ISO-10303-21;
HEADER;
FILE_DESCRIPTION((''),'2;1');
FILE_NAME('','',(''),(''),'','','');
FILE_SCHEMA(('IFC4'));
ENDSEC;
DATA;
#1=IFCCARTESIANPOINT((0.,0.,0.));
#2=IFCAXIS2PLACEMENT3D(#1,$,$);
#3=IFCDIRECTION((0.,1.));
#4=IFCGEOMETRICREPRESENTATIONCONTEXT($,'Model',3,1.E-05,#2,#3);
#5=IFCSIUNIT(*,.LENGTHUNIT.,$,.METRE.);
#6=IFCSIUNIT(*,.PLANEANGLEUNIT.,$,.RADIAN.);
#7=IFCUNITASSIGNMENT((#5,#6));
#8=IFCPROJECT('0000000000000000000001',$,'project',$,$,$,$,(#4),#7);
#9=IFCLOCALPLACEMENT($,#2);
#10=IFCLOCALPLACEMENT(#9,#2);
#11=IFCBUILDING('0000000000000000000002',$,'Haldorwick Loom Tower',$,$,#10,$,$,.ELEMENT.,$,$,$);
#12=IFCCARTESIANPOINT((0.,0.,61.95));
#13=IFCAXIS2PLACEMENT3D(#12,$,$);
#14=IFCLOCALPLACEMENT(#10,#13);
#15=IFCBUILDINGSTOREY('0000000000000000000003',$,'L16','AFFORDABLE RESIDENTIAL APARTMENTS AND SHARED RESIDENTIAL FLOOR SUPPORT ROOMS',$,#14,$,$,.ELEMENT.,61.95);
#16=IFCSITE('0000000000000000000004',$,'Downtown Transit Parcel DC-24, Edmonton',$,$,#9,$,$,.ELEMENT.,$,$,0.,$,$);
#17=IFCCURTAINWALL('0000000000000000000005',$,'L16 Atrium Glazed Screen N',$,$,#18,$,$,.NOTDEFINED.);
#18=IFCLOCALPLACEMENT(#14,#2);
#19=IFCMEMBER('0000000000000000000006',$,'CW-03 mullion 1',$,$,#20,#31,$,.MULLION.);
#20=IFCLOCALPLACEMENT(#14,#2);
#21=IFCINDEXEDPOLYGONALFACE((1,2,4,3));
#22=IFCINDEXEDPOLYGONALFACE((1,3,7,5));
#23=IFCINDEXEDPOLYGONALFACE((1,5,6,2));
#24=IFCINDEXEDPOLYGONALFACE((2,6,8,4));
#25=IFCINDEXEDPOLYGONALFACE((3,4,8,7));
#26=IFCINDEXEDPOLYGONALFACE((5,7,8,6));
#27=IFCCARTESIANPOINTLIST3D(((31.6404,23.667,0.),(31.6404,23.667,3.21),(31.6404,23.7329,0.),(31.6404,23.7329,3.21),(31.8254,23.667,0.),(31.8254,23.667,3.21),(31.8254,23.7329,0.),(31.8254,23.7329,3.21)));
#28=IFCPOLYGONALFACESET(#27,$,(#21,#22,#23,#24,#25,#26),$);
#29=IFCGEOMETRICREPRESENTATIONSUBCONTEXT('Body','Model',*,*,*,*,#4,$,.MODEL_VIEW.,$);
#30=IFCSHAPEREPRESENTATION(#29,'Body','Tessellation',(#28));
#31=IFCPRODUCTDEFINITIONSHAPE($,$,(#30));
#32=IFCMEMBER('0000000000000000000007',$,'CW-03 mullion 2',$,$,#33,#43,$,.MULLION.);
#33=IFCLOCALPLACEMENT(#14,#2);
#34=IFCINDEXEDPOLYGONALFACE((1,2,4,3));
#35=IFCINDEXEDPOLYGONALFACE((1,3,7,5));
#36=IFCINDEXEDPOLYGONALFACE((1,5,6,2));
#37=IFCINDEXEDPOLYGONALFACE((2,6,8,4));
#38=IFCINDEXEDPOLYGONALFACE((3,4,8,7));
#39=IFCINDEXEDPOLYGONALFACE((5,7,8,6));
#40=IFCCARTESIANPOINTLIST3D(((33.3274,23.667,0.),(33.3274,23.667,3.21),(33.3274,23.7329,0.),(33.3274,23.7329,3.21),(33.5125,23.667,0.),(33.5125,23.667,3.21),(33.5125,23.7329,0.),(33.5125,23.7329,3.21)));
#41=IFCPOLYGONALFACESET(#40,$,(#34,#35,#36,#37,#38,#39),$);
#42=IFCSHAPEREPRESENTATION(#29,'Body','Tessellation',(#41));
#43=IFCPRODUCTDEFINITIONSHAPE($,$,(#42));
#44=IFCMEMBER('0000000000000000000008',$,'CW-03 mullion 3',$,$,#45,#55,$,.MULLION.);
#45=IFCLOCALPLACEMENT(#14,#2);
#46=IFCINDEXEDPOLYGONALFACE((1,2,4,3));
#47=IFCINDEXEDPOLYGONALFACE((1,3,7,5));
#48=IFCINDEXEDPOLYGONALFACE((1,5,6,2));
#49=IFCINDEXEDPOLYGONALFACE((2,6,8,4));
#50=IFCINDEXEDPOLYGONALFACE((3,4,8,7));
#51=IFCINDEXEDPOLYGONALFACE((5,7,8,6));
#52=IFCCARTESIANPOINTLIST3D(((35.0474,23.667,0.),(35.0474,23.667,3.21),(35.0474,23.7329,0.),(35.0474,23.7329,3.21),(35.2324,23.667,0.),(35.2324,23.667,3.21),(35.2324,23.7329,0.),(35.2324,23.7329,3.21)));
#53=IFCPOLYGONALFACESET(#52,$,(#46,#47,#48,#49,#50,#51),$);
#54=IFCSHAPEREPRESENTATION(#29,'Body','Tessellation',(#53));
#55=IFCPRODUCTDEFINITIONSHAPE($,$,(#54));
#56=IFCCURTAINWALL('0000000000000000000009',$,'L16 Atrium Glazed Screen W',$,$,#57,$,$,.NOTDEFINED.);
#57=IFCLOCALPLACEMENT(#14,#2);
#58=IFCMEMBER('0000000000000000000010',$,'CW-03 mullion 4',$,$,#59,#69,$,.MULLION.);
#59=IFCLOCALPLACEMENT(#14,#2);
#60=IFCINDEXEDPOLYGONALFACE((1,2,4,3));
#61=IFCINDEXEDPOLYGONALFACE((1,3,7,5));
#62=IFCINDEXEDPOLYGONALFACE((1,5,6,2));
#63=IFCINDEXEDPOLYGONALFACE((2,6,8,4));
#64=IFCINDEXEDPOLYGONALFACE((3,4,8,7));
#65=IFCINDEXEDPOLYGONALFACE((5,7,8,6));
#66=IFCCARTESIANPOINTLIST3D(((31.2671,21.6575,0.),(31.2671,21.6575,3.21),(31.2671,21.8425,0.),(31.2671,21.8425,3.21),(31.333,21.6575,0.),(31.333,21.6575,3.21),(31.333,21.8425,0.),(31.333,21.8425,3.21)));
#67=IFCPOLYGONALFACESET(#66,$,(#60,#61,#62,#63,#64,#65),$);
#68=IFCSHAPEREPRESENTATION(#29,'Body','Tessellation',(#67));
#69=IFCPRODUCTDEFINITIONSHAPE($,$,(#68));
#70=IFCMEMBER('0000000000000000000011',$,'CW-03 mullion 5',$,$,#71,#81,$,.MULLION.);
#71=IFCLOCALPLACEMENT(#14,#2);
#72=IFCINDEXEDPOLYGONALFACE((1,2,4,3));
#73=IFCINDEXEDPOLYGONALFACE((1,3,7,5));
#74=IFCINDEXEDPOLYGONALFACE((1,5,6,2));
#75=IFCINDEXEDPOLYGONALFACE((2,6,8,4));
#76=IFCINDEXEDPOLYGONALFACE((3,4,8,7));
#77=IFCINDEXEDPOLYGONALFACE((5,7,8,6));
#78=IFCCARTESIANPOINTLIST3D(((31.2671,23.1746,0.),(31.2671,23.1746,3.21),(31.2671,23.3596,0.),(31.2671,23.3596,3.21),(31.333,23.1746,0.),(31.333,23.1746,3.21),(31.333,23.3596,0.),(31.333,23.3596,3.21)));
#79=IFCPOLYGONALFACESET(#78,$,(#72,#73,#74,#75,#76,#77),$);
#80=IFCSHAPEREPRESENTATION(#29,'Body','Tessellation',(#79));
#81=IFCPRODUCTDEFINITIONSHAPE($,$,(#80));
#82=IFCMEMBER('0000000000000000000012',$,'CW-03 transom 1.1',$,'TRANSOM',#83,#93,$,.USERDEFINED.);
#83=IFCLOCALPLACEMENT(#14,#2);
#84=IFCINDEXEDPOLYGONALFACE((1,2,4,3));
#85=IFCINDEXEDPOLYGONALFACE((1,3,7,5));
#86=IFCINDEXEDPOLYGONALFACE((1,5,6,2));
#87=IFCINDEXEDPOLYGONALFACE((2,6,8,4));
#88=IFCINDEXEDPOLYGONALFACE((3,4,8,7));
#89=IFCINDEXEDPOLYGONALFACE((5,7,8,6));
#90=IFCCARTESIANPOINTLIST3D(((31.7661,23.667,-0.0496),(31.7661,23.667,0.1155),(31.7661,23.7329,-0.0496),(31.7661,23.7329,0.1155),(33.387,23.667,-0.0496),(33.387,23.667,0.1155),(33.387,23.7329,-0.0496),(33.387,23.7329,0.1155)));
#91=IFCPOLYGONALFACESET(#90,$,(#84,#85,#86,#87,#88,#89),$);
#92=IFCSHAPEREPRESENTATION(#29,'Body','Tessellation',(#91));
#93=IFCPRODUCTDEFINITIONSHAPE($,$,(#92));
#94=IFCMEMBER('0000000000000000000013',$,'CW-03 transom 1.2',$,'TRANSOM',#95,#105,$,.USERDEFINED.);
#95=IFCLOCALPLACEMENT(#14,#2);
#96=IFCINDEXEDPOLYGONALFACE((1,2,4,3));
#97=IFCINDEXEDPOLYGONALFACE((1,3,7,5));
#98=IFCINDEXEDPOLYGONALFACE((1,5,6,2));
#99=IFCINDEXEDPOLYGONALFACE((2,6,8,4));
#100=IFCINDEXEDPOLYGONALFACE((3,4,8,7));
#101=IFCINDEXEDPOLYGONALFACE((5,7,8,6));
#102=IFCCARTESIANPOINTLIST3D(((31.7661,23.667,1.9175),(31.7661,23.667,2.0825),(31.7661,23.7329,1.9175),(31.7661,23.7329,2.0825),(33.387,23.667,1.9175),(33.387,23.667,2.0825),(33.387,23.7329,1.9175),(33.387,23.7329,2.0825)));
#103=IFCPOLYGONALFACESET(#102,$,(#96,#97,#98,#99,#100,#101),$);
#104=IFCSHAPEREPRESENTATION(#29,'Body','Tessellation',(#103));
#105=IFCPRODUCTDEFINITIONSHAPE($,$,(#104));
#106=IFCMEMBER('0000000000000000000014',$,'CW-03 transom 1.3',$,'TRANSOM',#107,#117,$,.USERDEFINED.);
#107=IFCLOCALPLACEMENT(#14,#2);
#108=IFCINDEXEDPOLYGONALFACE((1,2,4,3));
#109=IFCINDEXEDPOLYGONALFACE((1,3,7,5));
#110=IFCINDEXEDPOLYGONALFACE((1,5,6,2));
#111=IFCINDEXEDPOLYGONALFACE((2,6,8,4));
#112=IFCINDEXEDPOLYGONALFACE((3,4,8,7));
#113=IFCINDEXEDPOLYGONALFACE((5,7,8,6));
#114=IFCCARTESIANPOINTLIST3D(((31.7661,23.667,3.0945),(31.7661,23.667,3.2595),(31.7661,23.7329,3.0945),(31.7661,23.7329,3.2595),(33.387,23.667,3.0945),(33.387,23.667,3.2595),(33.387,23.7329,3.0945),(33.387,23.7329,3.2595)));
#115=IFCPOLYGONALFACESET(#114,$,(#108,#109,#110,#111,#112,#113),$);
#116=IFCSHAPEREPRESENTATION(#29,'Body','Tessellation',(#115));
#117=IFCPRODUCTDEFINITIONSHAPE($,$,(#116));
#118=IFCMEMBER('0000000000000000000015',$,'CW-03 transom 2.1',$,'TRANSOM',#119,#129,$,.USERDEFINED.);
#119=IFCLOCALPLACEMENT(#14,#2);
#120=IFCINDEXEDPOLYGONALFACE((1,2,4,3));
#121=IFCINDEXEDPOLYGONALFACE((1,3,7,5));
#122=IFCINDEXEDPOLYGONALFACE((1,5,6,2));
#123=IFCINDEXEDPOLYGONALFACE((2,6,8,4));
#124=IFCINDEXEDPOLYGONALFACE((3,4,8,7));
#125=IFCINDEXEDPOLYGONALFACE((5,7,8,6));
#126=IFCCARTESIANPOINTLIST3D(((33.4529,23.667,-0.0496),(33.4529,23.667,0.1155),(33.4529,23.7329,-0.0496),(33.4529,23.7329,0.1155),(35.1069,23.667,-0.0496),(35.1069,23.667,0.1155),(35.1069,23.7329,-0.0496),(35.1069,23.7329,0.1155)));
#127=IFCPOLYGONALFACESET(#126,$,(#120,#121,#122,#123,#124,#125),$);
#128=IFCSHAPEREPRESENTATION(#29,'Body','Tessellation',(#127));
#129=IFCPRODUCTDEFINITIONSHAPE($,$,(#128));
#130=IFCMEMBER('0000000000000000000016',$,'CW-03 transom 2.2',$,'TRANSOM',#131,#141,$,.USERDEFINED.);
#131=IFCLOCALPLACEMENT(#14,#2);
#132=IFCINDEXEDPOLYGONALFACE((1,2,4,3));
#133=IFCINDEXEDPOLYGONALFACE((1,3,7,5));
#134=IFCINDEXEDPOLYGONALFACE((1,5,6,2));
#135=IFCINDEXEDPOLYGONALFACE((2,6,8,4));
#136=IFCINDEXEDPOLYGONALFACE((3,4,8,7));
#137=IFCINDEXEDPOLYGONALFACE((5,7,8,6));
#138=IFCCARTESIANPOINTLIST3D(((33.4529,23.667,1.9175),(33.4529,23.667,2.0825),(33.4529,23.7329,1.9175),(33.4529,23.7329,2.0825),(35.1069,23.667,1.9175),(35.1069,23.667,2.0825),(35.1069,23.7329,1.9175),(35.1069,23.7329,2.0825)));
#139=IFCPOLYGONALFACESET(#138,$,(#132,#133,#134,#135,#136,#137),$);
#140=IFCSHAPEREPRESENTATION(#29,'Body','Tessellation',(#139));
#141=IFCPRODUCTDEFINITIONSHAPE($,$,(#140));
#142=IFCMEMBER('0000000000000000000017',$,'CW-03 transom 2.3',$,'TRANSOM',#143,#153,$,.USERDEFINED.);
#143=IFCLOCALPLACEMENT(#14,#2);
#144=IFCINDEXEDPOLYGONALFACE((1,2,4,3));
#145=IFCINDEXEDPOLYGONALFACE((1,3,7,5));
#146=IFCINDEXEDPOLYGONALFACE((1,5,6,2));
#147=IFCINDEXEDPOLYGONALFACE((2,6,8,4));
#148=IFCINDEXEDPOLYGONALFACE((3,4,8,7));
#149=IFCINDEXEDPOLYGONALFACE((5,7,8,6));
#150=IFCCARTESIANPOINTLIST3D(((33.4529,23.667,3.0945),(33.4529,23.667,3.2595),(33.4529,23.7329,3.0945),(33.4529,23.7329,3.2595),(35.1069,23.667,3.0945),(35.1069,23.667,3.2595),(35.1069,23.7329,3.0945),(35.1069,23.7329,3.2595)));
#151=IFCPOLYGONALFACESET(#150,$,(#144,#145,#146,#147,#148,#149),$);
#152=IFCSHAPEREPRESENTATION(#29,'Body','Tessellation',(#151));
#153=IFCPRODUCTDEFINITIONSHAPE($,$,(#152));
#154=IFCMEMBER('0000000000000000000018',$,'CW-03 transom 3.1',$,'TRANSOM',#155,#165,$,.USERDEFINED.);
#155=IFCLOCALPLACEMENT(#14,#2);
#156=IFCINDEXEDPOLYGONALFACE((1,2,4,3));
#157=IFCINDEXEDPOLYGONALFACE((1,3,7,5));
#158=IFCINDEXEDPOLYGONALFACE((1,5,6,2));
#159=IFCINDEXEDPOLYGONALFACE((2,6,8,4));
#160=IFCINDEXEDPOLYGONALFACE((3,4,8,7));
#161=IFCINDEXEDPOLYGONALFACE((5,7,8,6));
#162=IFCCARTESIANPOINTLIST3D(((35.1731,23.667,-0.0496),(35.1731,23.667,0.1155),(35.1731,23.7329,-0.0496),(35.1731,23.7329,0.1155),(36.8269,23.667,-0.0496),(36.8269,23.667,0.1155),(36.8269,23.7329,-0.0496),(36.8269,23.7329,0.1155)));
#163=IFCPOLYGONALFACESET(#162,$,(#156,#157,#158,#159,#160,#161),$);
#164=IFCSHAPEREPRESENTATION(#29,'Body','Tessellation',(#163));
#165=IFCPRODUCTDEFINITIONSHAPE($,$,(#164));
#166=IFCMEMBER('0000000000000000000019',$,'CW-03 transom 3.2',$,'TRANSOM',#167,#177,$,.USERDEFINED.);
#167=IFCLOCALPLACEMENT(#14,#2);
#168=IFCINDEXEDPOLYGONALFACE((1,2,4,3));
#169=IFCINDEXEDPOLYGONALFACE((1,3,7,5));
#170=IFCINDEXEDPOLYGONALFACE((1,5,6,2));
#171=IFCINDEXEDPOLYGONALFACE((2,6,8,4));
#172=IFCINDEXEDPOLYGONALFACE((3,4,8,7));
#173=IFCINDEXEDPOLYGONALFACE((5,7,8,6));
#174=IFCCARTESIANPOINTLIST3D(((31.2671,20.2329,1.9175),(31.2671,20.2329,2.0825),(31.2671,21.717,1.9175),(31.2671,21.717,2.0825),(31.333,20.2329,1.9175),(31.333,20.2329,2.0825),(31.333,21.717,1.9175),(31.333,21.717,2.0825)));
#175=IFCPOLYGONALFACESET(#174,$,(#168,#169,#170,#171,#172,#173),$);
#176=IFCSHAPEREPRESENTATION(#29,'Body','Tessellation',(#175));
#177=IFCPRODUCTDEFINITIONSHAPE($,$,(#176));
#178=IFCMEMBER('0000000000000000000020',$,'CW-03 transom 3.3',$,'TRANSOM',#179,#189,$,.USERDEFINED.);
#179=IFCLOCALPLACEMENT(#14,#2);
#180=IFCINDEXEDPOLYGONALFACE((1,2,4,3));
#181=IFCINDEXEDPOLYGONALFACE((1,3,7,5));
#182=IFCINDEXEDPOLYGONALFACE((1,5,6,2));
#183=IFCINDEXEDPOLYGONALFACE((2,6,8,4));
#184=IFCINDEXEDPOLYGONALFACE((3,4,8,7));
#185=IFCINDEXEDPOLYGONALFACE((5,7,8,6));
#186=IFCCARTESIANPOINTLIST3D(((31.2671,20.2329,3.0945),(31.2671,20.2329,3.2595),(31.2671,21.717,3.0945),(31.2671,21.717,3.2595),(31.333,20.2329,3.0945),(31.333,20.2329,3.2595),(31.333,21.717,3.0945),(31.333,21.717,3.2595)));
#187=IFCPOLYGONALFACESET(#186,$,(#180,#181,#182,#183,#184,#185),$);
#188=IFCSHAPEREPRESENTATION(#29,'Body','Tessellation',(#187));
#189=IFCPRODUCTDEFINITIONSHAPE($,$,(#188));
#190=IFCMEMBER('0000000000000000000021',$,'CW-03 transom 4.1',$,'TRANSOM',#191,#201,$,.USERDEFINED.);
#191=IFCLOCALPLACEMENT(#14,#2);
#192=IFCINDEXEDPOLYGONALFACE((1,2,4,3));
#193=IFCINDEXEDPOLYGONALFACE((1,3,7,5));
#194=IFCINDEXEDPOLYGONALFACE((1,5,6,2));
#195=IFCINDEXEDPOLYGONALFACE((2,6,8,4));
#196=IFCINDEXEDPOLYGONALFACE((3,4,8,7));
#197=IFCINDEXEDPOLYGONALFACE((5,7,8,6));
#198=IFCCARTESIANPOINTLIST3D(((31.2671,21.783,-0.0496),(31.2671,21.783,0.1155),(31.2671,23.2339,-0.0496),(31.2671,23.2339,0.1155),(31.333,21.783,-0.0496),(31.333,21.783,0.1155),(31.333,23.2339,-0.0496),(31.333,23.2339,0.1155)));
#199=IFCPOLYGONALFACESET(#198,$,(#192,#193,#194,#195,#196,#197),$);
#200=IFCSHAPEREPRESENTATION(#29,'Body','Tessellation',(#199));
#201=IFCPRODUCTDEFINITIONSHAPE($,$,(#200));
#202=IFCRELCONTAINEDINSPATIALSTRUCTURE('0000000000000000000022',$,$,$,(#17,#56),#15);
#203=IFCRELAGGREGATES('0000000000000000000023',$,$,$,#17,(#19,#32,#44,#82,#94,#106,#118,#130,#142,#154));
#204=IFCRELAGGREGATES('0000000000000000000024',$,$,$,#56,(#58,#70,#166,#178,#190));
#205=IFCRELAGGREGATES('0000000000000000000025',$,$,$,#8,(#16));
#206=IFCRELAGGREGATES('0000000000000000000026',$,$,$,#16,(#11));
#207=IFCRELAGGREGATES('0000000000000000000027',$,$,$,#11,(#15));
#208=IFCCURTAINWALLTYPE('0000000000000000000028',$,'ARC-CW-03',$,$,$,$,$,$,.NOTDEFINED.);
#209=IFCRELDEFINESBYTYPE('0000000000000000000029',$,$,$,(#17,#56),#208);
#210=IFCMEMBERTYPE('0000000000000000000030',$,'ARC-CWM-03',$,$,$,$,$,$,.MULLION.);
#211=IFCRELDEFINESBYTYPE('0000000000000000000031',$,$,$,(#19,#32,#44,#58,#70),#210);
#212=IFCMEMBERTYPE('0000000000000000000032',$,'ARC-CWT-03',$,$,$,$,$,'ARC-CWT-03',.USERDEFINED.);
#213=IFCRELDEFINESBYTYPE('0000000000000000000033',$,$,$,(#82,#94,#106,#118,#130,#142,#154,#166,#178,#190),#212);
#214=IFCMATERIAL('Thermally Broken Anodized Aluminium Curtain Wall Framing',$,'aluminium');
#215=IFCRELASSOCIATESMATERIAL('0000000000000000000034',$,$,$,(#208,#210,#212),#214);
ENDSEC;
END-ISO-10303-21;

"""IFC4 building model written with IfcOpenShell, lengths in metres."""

from ifc_helpers import new_model, si_unit, direction, frame, origin, origin_2d, place, context, subcontext, project, spatial, rectangle, extrude, material, material_profile, profile_set, type_object, element, aggregate, save


model = new_model("IFC4")

# Units and contexts
model_context = context("Model", 3, precision=1e-05, world=origin(), true_north=direction((0.0, 1.0)))
body_context = subcontext(model_context, "Body", "Model", "MODEL_VIEW")
ifc_project = project(units=[si_unit("LENGTHUNIT", "METRE"), si_unit("PLANEANGLEUNIT", "RADIAN")], contexts=[model_context])

# Site, building, storey
site_placement = place(None, origin())
site = spatial("IfcSite", under=ifc_project, at=site_placement, Name="Downtown Transit Parcel DC-24, Edmonton", CompositionType="ELEMENT", RefElevation=0.0)
building_placement = place(site_placement, origin())
building = spatial("IfcBuilding", under=site, at=building_placement, Name="Haldorwick Loom Tower", CompositionType="ELEMENT")
storey_placement = place(building_placement, frame((0.0, 0.0, 61.95)))
storey = spatial("IfcBuildingStorey", under=building, at=storey_placement, Name="L16", Description="AFFORDABLE RESIDENTIAL APARTMENTS AND SHARED RESIDENTIAL FLOOR SUPPORT ROOMS", CompositionType="ELEMENT", Elevation=61.95)

# Curtain walls, members
ifc_material_1 = material(Name="Thermally Broken Anodized Aluminium Curtain Wall Framing", Category="aluminium")
curtain_wall_type = type_object("IfcCurtainWallType", Name="ARC-CW-03", PredefinedType="NOTDEFINED", material=ifc_material_1)
curtain_wall_1_placement = place(storey_placement, origin())
curtain_wall_1 = element("IfcCurtainWall", 1, at=curtain_wall_1_placement, inside=storey, type_object=curtain_wall_type, Name="L16 Atrium Glazed Screen N", PredefinedType="NOTDEFINED")
ifc_material_profile_1 = material_profile(ifc_material_1, rectangle(XDim=0.0659, YDim=0.1851, at=origin_2d()), Name="ALU_MUL_66X185", Category="aluminium")
ifc_profile_set_1 = profile_set([ifc_material_profile_1], Name="Thermally Broken Anodized Aluminium Curtain Wall Framing")
member_type_1 = type_object("IfcMemberType", Name="ARC-CWM-03", PredefinedType="MULLION", material=ifc_profile_set_1)
member_1_placement = place(storey_placement, frame((31.7329, 23.7, 0.0), z_axis=(0.0, 0.0, 1.0), x_axis=(0.0, 1.0, 0.0)))
member_1 = element("IfcMember", 2, at=member_1_placement, type_object=member_type_1, Name="CW-03 mullion 1", PredefinedType="MULLION", context=body_context, shape_type="SweptSolid", body=[
    extrude(rectangle(XDim=0.0659, YDim=0.1851, at=origin_2d()), origin(), (0.0, 0.0, 1.0), 3.21),
])
member_2_placement = place(storey_placement, frame((33.4199, 23.7, 0.0), z_axis=(0.0, 0.0, 1.0), x_axis=(0.0, 1.0, 0.0)))
member_2 = element("IfcMember", 3, at=member_2_placement, type_object=member_type_1, Name="CW-03 mullion 2", PredefinedType="MULLION", context=body_context, shape_type="SweptSolid", body=[
    extrude(rectangle(XDim=0.0659, YDim=0.1851, at=origin_2d()), origin(), (0.0, 0.0, 1.0), 3.21),
])
member_3_placement = place(storey_placement, frame((35.1399, 23.7, 0.0), z_axis=(0.0, 0.0, 1.0), x_axis=(0.0, 1.0, 0.0)))
member_3 = element("IfcMember", 4, at=member_3_placement, type_object=member_type_1, Name="CW-03 mullion 3", PredefinedType="MULLION", context=body_context, shape_type="SweptSolid", body=[
    extrude(rectangle(XDim=0.0659, YDim=0.1851, at=origin_2d()), origin(), (0.0, 0.0, 1.0), 3.21),
])
curtain_wall_2_placement = place(storey_placement, origin())
curtain_wall_2 = element("IfcCurtainWall", 5, at=curtain_wall_2_placement, inside=storey, type_object=curtain_wall_type, Name="L16 Atrium Glazed Screen W", PredefinedType="NOTDEFINED")
member_4_placement = place(storey_placement, frame((31.3, 21.75, 0.0), z_axis=(0.0, 0.0, 1.0), x_axis=(-1.0, 0.0, 0.0)))
member_4 = element("IfcMember", 6, at=member_4_placement, type_object=member_type_1, Name="CW-03 mullion 4", PredefinedType="MULLION", context=body_context, shape_type="SweptSolid", body=[
    extrude(rectangle(XDim=0.0659, YDim=0.1851, at=origin_2d()), origin(), (0.0, 0.0, 1.0), 3.21),
])
member_5_placement = place(storey_placement, frame((31.3, 23.2671, 0.0), z_axis=(0.0, 0.0, 1.0), x_axis=(-1.0, 0.0, 0.0)))
member_5 = element("IfcMember", 7, at=member_5_placement, type_object=member_type_1, Name="CW-03 mullion 5", PredefinedType="MULLION", context=body_context, shape_type="SweptSolid", body=[
    extrude(rectangle(XDim=0.0659, YDim=0.1851, at=origin_2d()), origin(), (0.0, 0.0, 1.0), 3.21),
])

# Members
ifc_material_profile_2 = material_profile(ifc_material_1, rectangle(XDim=0.0659, YDim=0.165, at=origin_2d()), Name="ALU_TRN_66X165", Category="aluminium")
ifc_profile_set_2 = profile_set([ifc_material_profile_2], Name="Thermally Broken Anodized Aluminium Curtain Wall Framing")
member_type_2 = type_object("IfcMemberType", Name="ARC-CWT-03", ElementType="ARC-CWT-03", PredefinedType="USERDEFINED", material=ifc_profile_set_2)
member_6_placement = place(storey_placement, frame((31.7661, 23.7, 0.033), z_axis=(1.0, 0.0, 0.0), x_axis=(0.0, 1.0, 0.0)))
member_6 = element("IfcMember", 8, at=member_6_placement, type_object=member_type_2, Name="CW-03 transom 1.1", ObjectType="TRANSOM", PredefinedType="USERDEFINED", context=body_context, shape_type="SweptSolid", body=[
    extrude(rectangle(XDim=0.0659, YDim=0.165, at=origin_2d()), origin(), (0.0, 0.0, 1.0), 1.6208),
])
member_7_placement = place(storey_placement, frame((31.7661, 23.7, 2.0), z_axis=(1.0, 0.0, 0.0), x_axis=(0.0, 1.0, 0.0)))
member_7 = element("IfcMember", 9, at=member_7_placement, type_object=member_type_2, Name="CW-03 transom 1.2", ObjectType="TRANSOM", PredefinedType="USERDEFINED", context=body_context, shape_type="SweptSolid", body=[
    extrude(rectangle(XDim=0.0659, YDim=0.165, at=origin_2d()), origin(), (0.0, 0.0, 1.0), 1.6208),
])
member_8_placement = place(storey_placement, frame((31.7661, 23.7, 3.177), z_axis=(1.0, 0.0, 0.0), x_axis=(0.0, 1.0, 0.0)))
member_8 = element("IfcMember", 10, at=member_8_placement, type_object=member_type_2, Name="CW-03 transom 1.3", ObjectType="TRANSOM", PredefinedType="USERDEFINED", context=body_context, shape_type="SweptSolid", body=[
    extrude(rectangle(XDim=0.0659, YDim=0.165, at=origin_2d()), origin(), (0.0, 0.0, 1.0), 1.6208),
])
member_9_placement = place(storey_placement, frame((33.4529, 23.7, 0.033), z_axis=(1.0, 0.0, 0.0), x_axis=(0.0, 1.0, 0.0)))
member_9 = element("IfcMember", 11, at=member_9_placement, type_object=member_type_2, Name="CW-03 transom 2.1", ObjectType="TRANSOM", PredefinedType="USERDEFINED", context=body_context, shape_type="SweptSolid", body=[
    extrude(rectangle(XDim=0.0659, YDim=0.165, at=origin_2d()), origin(), (0.0, 0.0, 1.0), 1.6541),
])
member_10_placement = place(storey_placement, frame((33.4529, 23.7, 2.0), z_axis=(1.0, 0.0, 0.0), x_axis=(0.0, 1.0, 0.0)))
member_10 = element("IfcMember", 12, at=member_10_placement, type_object=member_type_2, Name="CW-03 transom 2.2", ObjectType="TRANSOM", PredefinedType="USERDEFINED", context=body_context, shape_type="SweptSolid", body=[
    extrude(rectangle(XDim=0.0659, YDim=0.165, at=origin_2d()), origin(), (0.0, 0.0, 1.0), 1.6541),
])
member_11_placement = place(storey_placement, frame((33.4529, 23.7, 3.177), z_axis=(1.0, 0.0, 0.0), x_axis=(0.0, 1.0, 0.0)))
member_11 = element("IfcMember", 13, at=member_11_placement, type_object=member_type_2, Name="CW-03 transom 2.3", ObjectType="TRANSOM", PredefinedType="USERDEFINED", context=body_context, shape_type="SweptSolid", body=[
    extrude(rectangle(XDim=0.0659, YDim=0.165, at=origin_2d()), origin(), (0.0, 0.0, 1.0), 1.6541),
])
member_12_placement = place(storey_placement, frame((35.1731, 23.7, 0.033), z_axis=(1.0, 0.0, 0.0), x_axis=(0.0, 1.0, 0.0)))
member_12 = element("IfcMember", 14, at=member_12_placement, type_object=member_type_2, Name="CW-03 transom 3.1", ObjectType="TRANSOM", PredefinedType="USERDEFINED", context=body_context, shape_type="SweptSolid", body=[
    extrude(rectangle(XDim=0.0659, YDim=0.165, at=origin_2d()), origin(), (0.0, 0.0, 1.0), 1.6538),
])
member_13_placement = place(storey_placement, frame((31.3, 20.2329, 2.0), z_axis=(0.0, 1.0, 0.0), x_axis=(-1.0, 0.0, 0.0)))
member_13 = element("IfcMember", 15, at=member_13_placement, type_object=member_type_2, Name="CW-03 transom 3.2", ObjectType="TRANSOM", PredefinedType="USERDEFINED", context=body_context, shape_type="SweptSolid", body=[
    extrude(rectangle(XDim=0.0659, YDim=0.165, at=origin_2d()), origin(), (0.0, 0.0, 1.0), 1.4841),
])
member_14_placement = place(storey_placement, frame((31.3, 20.2329, 3.177), z_axis=(0.0, 1.0, 0.0), x_axis=(-1.0, 0.0, 0.0)))
member_14 = element("IfcMember", 16, at=member_14_placement, type_object=member_type_2, Name="CW-03 transom 3.3", ObjectType="TRANSOM", PredefinedType="USERDEFINED", context=body_context, shape_type="SweptSolid", body=[
    extrude(rectangle(XDim=0.0659, YDim=0.165, at=origin_2d()), origin(), (0.0, 0.0, 1.0), 1.4841),
])
member_15_placement = place(storey_placement, frame((31.3, 21.783, 0.033), z_axis=(0.0, 1.0, 0.0), x_axis=(-1.0, 0.0, 0.0)))
member_15 = element("IfcMember", 17, at=member_15_placement, type_object=member_type_2, Name="CW-03 transom 4.1", ObjectType="TRANSOM", PredefinedType="USERDEFINED", context=body_context, shape_type="SweptSolid", body=[
    extrude(rectangle(XDim=0.0659, YDim=0.165, at=origin_2d()), origin(), (0.0, 0.0, 1.0), 1.4509),
])

aggregate(curtain_wall_1, [member_1, member_2, member_3, member_6, member_7, member_8, member_9, member_10, member_11, member_12])
aggregate(curtain_wall_2, [member_4, member_5, member_13, member_14, member_15])

save(model, "model.ifc")
